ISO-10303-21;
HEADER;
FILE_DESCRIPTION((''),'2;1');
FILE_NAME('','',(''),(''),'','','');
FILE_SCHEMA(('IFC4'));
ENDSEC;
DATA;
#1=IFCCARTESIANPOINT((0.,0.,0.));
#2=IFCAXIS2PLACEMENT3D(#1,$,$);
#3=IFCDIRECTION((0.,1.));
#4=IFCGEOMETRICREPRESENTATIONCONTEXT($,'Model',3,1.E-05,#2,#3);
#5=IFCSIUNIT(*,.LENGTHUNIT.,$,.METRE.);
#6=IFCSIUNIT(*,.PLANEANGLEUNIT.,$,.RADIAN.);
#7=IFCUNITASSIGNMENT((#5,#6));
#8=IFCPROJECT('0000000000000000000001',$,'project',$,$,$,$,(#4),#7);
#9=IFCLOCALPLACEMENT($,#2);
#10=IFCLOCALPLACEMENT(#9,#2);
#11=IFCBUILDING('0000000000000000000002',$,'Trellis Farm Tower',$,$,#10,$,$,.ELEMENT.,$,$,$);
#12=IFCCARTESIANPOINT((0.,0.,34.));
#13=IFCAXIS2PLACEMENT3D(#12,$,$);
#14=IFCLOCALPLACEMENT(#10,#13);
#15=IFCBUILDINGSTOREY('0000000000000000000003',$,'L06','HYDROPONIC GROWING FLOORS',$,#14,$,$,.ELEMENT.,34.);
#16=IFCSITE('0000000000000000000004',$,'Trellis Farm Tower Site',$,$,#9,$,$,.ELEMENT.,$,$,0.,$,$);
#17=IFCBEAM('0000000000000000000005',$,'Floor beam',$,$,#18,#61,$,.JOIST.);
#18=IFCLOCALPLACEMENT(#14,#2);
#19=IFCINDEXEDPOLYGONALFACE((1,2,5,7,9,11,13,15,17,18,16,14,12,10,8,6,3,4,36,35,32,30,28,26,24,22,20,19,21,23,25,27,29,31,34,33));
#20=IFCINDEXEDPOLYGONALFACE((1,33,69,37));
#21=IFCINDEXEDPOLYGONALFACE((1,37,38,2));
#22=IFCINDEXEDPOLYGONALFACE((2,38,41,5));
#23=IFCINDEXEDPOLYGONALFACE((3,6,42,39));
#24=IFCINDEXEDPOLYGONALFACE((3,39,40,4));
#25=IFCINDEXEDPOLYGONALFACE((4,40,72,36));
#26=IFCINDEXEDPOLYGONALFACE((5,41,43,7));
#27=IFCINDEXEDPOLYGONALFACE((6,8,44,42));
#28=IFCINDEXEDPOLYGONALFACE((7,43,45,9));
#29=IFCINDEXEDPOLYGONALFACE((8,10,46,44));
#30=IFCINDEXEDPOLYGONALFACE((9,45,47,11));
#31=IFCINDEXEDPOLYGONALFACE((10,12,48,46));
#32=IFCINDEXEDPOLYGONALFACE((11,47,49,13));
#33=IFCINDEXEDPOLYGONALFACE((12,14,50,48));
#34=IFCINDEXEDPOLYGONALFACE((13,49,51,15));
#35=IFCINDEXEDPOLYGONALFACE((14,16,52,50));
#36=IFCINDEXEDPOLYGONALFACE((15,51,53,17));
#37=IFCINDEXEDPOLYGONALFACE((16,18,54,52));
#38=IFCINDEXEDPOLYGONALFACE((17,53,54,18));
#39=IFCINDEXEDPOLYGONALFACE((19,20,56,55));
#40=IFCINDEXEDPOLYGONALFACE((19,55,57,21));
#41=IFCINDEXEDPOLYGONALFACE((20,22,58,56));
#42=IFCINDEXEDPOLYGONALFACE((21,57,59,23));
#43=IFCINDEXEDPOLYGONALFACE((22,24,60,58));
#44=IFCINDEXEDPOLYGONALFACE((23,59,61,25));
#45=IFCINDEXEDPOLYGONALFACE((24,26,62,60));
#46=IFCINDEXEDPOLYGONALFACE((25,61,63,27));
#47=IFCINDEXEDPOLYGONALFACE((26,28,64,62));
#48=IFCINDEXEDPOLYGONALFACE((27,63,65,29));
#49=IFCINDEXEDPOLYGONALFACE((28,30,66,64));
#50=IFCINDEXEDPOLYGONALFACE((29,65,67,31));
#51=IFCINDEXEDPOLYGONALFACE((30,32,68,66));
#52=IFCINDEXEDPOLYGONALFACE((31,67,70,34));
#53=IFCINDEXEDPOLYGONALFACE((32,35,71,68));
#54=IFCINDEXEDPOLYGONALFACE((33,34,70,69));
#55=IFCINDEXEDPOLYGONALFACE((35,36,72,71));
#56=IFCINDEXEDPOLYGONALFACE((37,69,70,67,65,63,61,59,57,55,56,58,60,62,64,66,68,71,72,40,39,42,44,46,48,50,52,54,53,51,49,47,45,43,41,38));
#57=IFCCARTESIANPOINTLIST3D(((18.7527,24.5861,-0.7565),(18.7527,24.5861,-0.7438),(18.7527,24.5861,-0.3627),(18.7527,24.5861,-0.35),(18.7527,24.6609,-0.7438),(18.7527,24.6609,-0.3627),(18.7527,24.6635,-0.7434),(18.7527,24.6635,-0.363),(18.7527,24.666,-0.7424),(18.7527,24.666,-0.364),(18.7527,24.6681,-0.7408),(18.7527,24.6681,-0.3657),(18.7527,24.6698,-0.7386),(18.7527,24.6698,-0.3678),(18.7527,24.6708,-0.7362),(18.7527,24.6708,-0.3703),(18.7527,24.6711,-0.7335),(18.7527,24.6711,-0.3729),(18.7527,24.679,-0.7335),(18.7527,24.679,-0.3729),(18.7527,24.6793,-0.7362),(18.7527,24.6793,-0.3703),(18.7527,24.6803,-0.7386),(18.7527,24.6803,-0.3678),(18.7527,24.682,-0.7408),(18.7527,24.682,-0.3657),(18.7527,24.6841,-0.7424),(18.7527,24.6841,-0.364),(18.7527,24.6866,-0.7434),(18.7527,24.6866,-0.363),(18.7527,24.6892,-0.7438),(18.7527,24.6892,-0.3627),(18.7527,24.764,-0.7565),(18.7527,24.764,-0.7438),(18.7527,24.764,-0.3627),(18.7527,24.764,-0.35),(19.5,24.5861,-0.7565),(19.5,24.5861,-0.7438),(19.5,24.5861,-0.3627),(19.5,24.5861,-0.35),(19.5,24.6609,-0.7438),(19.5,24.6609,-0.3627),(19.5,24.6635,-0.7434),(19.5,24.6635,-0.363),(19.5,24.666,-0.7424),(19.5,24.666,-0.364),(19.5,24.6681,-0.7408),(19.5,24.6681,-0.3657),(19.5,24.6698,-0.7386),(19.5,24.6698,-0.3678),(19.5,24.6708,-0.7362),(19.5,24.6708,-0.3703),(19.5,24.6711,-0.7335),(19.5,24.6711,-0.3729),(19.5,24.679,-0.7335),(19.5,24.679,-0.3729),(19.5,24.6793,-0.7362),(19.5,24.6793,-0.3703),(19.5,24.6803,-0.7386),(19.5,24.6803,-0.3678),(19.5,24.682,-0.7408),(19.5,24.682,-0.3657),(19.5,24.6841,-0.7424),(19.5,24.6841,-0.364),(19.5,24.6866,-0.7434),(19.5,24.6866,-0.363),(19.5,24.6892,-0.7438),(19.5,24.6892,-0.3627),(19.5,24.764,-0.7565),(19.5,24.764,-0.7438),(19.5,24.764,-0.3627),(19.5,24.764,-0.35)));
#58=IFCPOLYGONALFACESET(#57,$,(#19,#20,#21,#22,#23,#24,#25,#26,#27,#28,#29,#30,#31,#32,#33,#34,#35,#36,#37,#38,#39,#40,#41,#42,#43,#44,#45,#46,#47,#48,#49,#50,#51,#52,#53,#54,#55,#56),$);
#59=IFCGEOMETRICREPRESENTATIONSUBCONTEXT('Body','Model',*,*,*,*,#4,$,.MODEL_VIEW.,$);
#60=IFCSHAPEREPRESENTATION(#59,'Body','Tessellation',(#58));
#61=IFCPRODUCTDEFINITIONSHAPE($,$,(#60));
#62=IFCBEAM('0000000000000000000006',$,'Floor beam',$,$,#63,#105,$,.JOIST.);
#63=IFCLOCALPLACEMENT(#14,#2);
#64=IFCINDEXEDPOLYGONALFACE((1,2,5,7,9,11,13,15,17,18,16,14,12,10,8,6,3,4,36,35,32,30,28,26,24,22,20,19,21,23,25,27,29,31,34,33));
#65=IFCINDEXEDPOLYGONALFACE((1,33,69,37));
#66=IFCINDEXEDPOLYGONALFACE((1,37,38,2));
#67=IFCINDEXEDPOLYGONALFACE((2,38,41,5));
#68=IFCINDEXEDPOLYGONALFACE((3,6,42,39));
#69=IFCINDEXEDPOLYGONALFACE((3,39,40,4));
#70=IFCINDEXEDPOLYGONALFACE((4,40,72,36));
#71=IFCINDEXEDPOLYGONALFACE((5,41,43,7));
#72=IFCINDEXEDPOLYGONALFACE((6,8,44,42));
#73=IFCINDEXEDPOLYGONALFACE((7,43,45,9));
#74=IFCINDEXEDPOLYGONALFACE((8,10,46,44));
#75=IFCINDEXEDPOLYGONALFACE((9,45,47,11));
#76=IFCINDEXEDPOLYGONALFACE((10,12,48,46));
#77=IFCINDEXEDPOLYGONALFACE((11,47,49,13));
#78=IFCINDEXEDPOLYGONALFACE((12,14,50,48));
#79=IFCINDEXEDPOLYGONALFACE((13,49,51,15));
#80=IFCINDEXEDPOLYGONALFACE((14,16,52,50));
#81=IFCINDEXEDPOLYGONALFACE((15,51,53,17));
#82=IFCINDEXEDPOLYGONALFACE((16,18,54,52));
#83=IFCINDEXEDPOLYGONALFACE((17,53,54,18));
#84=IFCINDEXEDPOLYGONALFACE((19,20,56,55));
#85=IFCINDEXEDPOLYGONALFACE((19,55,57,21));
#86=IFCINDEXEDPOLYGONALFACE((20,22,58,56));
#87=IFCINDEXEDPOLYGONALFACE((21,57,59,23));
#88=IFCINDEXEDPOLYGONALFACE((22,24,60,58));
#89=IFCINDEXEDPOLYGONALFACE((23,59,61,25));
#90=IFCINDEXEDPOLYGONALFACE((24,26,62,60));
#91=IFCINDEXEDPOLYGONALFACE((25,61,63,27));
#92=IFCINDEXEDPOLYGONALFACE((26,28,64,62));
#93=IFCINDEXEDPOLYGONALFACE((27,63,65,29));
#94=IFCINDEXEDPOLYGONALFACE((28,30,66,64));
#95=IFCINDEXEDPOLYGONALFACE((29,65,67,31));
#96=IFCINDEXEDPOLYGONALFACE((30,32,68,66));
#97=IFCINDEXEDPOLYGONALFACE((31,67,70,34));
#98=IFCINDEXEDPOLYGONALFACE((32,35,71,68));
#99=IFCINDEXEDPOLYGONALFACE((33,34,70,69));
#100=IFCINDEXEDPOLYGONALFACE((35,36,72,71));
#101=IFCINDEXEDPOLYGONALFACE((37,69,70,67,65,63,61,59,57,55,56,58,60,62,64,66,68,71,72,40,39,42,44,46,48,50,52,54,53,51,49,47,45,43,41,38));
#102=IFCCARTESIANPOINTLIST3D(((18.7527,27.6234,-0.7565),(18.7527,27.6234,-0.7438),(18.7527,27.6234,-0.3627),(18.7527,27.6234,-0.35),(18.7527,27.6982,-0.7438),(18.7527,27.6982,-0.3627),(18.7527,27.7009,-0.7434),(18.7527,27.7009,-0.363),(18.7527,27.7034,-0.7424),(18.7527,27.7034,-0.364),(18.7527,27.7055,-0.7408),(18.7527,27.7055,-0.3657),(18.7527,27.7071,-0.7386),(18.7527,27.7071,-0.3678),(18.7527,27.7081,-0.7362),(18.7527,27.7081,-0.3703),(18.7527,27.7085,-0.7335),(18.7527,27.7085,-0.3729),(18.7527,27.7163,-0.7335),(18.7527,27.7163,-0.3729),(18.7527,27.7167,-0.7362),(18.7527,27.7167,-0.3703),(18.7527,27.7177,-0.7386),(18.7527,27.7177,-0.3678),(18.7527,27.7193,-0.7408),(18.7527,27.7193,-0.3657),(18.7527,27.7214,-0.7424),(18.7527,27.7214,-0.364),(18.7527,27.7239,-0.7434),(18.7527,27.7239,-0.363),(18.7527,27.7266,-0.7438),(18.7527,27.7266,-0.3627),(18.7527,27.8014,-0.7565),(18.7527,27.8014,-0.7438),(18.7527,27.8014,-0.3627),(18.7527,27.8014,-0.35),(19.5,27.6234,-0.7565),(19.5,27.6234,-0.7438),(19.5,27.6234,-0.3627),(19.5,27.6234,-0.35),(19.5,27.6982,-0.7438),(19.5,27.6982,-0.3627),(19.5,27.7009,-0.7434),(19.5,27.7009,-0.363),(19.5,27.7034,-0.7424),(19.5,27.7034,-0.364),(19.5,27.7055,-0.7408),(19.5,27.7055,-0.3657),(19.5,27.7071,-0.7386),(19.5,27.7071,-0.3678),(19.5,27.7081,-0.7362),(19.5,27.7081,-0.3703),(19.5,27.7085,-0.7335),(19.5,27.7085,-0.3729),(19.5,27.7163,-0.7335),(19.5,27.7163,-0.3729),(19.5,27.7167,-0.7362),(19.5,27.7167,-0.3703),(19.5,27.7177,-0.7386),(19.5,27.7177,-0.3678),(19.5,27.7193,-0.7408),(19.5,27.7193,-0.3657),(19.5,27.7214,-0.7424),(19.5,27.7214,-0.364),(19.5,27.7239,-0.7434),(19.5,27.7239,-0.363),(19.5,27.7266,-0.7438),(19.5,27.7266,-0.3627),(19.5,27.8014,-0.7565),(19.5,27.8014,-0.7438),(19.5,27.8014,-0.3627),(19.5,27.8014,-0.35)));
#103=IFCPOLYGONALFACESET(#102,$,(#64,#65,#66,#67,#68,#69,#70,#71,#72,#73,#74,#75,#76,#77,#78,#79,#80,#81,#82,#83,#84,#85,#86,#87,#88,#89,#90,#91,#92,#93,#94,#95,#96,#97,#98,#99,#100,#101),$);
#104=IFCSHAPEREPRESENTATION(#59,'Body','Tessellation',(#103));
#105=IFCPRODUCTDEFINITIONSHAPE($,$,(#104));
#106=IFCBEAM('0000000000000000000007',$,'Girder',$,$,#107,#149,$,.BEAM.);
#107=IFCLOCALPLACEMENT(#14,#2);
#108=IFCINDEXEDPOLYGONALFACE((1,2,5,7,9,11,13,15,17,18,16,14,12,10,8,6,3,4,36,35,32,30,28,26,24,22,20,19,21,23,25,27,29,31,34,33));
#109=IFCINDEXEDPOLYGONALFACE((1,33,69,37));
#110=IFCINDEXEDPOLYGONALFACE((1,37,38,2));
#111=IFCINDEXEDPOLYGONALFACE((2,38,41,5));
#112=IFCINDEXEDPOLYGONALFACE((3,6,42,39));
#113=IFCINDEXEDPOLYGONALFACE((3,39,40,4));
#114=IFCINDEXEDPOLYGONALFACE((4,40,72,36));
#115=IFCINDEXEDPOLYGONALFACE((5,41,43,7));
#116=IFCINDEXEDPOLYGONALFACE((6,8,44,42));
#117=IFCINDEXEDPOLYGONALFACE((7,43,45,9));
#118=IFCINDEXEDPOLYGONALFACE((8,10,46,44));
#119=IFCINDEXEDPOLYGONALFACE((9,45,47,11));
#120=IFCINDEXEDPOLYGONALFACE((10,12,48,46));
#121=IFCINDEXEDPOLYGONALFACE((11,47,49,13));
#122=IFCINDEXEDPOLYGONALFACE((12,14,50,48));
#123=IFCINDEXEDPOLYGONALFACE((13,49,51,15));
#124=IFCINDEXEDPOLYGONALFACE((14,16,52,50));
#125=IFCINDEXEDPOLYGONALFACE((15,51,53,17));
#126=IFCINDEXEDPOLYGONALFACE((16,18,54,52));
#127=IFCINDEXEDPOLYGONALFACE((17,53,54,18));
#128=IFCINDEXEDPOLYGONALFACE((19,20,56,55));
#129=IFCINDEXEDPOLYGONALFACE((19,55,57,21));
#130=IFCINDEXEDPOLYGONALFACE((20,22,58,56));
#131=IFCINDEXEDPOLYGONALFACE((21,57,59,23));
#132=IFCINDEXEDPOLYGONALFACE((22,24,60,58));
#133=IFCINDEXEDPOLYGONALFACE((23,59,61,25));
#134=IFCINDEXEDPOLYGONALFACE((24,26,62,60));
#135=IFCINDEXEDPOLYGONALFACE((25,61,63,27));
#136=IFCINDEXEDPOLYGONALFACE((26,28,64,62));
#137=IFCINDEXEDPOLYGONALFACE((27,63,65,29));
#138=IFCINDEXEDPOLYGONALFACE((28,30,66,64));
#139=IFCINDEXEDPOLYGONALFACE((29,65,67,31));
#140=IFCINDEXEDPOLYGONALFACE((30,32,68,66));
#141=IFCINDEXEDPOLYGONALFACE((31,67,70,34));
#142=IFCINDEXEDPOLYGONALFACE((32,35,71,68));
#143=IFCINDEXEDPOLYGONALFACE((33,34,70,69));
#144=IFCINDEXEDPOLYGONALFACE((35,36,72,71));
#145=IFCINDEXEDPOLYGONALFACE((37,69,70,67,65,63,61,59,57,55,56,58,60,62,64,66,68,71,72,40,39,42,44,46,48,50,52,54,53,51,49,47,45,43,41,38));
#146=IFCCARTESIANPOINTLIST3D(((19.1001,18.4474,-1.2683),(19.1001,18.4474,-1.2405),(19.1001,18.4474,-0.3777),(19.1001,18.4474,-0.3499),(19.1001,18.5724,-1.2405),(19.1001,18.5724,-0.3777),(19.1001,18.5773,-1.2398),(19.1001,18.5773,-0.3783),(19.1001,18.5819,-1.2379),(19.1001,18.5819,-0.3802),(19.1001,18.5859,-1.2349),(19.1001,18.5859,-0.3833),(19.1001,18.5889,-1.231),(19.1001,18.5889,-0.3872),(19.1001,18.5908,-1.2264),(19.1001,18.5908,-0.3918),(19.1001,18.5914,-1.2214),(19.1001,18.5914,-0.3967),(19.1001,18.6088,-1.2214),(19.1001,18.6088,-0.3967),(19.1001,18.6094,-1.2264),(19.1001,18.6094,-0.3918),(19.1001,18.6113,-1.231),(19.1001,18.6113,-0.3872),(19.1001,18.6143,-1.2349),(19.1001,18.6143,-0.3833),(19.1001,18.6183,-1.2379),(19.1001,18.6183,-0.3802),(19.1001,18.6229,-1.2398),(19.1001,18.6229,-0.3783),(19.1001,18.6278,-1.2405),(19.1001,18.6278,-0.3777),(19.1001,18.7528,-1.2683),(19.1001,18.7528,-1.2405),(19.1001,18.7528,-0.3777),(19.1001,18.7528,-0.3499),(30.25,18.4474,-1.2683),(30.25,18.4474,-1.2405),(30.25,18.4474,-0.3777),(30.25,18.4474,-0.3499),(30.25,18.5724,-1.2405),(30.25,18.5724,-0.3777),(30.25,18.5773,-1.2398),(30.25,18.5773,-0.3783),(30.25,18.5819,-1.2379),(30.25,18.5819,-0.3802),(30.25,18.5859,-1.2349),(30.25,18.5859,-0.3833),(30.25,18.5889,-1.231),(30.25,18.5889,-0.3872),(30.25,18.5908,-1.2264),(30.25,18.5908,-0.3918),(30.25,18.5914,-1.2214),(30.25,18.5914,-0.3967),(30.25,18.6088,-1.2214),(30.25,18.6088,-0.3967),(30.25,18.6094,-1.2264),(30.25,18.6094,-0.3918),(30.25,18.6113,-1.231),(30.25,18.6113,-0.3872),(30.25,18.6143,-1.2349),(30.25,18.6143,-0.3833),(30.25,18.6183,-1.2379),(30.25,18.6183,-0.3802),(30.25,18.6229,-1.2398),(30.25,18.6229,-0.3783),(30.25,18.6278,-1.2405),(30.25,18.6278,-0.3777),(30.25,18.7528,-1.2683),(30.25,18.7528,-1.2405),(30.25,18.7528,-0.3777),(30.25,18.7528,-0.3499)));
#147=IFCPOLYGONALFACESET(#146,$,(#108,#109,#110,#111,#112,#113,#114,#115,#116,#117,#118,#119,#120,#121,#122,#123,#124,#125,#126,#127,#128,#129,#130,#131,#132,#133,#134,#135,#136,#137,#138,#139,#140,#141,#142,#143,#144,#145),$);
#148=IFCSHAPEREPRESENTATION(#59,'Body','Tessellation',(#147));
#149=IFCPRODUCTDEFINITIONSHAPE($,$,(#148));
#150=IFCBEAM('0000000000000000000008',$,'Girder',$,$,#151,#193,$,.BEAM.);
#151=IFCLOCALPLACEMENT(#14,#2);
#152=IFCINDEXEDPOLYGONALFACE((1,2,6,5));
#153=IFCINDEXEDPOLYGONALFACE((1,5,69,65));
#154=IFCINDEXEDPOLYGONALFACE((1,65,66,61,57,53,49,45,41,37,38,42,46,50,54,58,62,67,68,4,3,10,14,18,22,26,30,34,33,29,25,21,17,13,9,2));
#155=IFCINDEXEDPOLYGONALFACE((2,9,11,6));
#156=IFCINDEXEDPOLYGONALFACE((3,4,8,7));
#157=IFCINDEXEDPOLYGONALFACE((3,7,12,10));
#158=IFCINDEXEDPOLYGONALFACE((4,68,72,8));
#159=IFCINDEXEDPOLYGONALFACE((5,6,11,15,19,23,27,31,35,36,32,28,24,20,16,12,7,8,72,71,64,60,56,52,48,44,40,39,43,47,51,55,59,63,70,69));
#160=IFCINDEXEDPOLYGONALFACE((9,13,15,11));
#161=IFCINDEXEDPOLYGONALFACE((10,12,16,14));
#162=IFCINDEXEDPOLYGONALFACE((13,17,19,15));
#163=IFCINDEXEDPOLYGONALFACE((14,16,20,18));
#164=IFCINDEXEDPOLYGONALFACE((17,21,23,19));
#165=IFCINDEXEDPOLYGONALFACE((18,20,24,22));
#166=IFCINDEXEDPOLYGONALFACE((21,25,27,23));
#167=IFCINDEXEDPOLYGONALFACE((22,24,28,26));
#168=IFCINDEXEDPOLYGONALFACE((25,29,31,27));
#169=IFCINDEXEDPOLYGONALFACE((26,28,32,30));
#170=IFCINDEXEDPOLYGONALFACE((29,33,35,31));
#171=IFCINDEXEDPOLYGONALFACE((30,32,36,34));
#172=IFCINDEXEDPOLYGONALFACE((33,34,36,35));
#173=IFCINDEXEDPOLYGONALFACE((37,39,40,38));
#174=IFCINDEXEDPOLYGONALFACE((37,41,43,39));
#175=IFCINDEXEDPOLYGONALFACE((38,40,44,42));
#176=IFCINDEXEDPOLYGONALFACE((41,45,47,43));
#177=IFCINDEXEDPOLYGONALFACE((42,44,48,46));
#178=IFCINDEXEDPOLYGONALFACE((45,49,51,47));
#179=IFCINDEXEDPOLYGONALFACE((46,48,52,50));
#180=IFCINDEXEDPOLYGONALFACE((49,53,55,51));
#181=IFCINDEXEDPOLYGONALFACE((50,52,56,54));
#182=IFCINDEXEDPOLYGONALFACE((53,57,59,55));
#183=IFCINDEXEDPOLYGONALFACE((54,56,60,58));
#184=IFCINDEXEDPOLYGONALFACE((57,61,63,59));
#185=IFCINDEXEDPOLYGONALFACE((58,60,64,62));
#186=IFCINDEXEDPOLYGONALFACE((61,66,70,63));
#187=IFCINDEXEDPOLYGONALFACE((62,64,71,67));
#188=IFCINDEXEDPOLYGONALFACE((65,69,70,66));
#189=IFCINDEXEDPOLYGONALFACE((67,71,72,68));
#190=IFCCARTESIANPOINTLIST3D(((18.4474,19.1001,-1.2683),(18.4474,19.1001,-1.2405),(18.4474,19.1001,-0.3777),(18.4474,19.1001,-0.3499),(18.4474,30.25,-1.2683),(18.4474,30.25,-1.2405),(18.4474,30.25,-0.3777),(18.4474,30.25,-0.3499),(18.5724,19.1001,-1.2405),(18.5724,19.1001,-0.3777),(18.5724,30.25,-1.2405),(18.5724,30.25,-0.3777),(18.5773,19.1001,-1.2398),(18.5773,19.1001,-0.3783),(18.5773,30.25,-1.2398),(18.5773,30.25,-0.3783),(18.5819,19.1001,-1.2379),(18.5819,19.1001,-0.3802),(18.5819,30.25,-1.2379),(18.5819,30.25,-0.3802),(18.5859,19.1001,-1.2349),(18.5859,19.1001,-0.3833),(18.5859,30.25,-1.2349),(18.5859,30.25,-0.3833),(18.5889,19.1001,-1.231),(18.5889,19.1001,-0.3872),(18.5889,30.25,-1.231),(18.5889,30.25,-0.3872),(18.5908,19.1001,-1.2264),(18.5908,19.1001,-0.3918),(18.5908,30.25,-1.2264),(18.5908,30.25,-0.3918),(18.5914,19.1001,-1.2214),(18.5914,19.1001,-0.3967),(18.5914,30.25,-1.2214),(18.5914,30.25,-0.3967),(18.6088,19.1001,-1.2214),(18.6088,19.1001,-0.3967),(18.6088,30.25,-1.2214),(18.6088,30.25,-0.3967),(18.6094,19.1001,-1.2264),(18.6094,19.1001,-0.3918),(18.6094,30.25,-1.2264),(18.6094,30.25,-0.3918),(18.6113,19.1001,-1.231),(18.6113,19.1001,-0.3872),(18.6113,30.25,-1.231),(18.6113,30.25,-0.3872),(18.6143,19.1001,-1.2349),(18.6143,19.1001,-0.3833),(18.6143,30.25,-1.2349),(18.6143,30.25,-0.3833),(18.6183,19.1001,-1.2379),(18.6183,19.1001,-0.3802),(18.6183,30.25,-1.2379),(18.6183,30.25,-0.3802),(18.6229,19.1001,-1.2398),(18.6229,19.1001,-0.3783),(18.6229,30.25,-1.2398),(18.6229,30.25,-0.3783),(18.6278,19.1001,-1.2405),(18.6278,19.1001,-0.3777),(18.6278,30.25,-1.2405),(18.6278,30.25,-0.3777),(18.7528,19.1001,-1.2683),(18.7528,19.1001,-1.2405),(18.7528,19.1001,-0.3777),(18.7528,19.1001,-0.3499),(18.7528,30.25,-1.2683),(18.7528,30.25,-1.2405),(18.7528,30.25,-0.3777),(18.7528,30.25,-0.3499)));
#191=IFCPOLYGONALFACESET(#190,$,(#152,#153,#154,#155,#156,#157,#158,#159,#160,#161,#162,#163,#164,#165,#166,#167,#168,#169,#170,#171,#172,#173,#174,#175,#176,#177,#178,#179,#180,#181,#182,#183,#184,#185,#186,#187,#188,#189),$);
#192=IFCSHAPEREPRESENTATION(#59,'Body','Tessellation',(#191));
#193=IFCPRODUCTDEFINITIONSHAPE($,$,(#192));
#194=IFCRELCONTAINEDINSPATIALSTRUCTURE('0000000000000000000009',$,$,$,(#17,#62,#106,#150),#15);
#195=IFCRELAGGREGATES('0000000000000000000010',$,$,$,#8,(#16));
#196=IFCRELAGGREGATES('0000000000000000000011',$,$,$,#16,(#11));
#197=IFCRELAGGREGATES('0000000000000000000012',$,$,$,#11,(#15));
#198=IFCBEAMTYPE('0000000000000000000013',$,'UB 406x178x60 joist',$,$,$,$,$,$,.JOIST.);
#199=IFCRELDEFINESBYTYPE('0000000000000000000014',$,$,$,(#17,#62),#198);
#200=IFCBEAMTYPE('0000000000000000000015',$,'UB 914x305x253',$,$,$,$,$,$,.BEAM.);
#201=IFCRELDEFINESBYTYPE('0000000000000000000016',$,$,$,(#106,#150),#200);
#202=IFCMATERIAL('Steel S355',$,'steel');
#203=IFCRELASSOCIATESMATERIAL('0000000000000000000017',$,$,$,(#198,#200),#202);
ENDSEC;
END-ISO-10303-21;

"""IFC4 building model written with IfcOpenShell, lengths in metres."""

from ifc_helpers import new_model, si_unit, direction, frame, origin, origin_2d, place, context, subcontext, project, spatial, i_section, extrude, source, transform, mapped, material, material_profile, profile_set, type_object, element, save


model = new_model("IFC4")

# Units and contexts
model_context = context("Model", 3, precision=1e-05, world=origin(), true_north=direction((0.0, 1.0)))
body_context = subcontext(model_context, "Body", "Model", "MODEL_VIEW")
ifc_project = project(units=[si_unit("LENGTHUNIT", "METRE"), si_unit("PLANEANGLEUNIT", "RADIAN")], contexts=[model_context])

# Site, building, storey
site_placement = place(None, origin())
site = spatial("IfcSite", under=ifc_project, at=site_placement, Name="Trellis Farm Tower Site", CompositionType="ELEMENT", RefElevation=0.0)
building_placement = place(site_placement, origin())
building = spatial("IfcBuilding", under=site, at=building_placement, Name="Trellis Farm Tower", CompositionType="ELEMENT")
storey_placement = place(building_placement, frame((0.0, 0.0, 34.0)))
storey = spatial("IfcBuildingStorey", under=building, at=storey_placement, Name="L06", Description="HYDROPONIC GROWING FLOORS", CompositionType="ELEMENT", Elevation=34.0)

# Beams
ifc_material_1 = material(Name="Steel S355", Category="steel")
ifc_material_profile_1 = material_profile(ifc_material_1, i_section(OverallWidth=0.178, OverallDepth=0.4065, WebThickness=0.0078, FlangeThickness=0.0127, FilletRadius=0.0103, at=origin_2d()), Name="UB 406x178x60")
ifc_profile_set_1 = profile_set([ifc_material_profile_1], Name="Steel S355")
beam_type_1 = type_object("IfcBeamType", Name="UB 406x178x60 joist", PredefinedType="JOIST", material=ifc_profile_set_1)
shared_shape_1 = source(origin(), body_context, "Body", "SweptSolid", [
    extrude(i_section(OverallWidth=0.178, OverallDepth=0.4065, WebThickness=0.0078, FlangeThickness=0.0127, FilletRadius=0.0103, at=origin_2d()), origin(), (0.0, 0.0, 1.0), 0.7473),
])
for number, where, z_axis, x_axis, name in (
    (1, (18.7527, 24.675, -0.5532), (1.0, 0.0, 0.0), (0.0, 1.0, 0.0), "Floor beam"),
    (2, (18.7527, 27.7124, -0.5532), (1.0, 0.0, 0.0), (0.0, 1.0, 0.0), "Floor beam"),
):
    element("IfcBeam", number, at=place(storey_placement, frame(where, z_axis=z_axis, x_axis=x_axis)), inside=storey, type_object=beam_type_1, Name=name, PredefinedType="JOIST", context=body_context, shape_type="MappedRepresentation", body=[
        mapped(shared_shape_1, transform((0.0, 0.0, 0.0))),
    ])
ifc_material_profile_2 = material_profile(ifc_material_1, i_section(OverallWidth=0.3054, OverallDepth=0.9185, WebThickness=0.0173, FlangeThickness=0.0278, FilletRadius=0.019, at=origin_2d()), Name="UB 914x305x253")
ifc_profile_set_2 = profile_set([ifc_material_profile_2], Name="Steel S355")
beam_type_2 = type_object("IfcBeamType", Name="UB 914x305x253", PredefinedType="BEAM", material=ifc_profile_set_2)
shared_shape_2 = source(origin(), body_context, "Body", "SweptSolid", [
    extrude(i_section(OverallWidth=0.3054, OverallDepth=0.9185, WebThickness=0.0173, FlangeThickness=0.0278, FilletRadius=0.019, at=origin_2d()), origin(), (0.0, 0.0, 1.0), 11.1499),
])
for number, where, z_axis, x_axis, name in (
    (3, (19.1001, 18.6001, -0.8091), (1.0, 0.0, 0.0), (0.0, 1.0, 0.0), "Girder"),
    (4, (18.6001, 19.1001, -0.8091), (0.0, 1.0, 0.0), (-1.0, 0.0, 0.0), "Girder"),
):
    element("IfcBeam", number, at=place(storey_placement, frame(where, z_axis=z_axis, x_axis=x_axis)), inside=storey, type_object=beam_type_2, Name=name, PredefinedType="BEAM", context=body_context, shape_type="MappedRepresentation", body=[
        mapped(shared_shape_2, transform((0.0, 0.0, 0.0))),
    ])

save(model, "model.ifc")
